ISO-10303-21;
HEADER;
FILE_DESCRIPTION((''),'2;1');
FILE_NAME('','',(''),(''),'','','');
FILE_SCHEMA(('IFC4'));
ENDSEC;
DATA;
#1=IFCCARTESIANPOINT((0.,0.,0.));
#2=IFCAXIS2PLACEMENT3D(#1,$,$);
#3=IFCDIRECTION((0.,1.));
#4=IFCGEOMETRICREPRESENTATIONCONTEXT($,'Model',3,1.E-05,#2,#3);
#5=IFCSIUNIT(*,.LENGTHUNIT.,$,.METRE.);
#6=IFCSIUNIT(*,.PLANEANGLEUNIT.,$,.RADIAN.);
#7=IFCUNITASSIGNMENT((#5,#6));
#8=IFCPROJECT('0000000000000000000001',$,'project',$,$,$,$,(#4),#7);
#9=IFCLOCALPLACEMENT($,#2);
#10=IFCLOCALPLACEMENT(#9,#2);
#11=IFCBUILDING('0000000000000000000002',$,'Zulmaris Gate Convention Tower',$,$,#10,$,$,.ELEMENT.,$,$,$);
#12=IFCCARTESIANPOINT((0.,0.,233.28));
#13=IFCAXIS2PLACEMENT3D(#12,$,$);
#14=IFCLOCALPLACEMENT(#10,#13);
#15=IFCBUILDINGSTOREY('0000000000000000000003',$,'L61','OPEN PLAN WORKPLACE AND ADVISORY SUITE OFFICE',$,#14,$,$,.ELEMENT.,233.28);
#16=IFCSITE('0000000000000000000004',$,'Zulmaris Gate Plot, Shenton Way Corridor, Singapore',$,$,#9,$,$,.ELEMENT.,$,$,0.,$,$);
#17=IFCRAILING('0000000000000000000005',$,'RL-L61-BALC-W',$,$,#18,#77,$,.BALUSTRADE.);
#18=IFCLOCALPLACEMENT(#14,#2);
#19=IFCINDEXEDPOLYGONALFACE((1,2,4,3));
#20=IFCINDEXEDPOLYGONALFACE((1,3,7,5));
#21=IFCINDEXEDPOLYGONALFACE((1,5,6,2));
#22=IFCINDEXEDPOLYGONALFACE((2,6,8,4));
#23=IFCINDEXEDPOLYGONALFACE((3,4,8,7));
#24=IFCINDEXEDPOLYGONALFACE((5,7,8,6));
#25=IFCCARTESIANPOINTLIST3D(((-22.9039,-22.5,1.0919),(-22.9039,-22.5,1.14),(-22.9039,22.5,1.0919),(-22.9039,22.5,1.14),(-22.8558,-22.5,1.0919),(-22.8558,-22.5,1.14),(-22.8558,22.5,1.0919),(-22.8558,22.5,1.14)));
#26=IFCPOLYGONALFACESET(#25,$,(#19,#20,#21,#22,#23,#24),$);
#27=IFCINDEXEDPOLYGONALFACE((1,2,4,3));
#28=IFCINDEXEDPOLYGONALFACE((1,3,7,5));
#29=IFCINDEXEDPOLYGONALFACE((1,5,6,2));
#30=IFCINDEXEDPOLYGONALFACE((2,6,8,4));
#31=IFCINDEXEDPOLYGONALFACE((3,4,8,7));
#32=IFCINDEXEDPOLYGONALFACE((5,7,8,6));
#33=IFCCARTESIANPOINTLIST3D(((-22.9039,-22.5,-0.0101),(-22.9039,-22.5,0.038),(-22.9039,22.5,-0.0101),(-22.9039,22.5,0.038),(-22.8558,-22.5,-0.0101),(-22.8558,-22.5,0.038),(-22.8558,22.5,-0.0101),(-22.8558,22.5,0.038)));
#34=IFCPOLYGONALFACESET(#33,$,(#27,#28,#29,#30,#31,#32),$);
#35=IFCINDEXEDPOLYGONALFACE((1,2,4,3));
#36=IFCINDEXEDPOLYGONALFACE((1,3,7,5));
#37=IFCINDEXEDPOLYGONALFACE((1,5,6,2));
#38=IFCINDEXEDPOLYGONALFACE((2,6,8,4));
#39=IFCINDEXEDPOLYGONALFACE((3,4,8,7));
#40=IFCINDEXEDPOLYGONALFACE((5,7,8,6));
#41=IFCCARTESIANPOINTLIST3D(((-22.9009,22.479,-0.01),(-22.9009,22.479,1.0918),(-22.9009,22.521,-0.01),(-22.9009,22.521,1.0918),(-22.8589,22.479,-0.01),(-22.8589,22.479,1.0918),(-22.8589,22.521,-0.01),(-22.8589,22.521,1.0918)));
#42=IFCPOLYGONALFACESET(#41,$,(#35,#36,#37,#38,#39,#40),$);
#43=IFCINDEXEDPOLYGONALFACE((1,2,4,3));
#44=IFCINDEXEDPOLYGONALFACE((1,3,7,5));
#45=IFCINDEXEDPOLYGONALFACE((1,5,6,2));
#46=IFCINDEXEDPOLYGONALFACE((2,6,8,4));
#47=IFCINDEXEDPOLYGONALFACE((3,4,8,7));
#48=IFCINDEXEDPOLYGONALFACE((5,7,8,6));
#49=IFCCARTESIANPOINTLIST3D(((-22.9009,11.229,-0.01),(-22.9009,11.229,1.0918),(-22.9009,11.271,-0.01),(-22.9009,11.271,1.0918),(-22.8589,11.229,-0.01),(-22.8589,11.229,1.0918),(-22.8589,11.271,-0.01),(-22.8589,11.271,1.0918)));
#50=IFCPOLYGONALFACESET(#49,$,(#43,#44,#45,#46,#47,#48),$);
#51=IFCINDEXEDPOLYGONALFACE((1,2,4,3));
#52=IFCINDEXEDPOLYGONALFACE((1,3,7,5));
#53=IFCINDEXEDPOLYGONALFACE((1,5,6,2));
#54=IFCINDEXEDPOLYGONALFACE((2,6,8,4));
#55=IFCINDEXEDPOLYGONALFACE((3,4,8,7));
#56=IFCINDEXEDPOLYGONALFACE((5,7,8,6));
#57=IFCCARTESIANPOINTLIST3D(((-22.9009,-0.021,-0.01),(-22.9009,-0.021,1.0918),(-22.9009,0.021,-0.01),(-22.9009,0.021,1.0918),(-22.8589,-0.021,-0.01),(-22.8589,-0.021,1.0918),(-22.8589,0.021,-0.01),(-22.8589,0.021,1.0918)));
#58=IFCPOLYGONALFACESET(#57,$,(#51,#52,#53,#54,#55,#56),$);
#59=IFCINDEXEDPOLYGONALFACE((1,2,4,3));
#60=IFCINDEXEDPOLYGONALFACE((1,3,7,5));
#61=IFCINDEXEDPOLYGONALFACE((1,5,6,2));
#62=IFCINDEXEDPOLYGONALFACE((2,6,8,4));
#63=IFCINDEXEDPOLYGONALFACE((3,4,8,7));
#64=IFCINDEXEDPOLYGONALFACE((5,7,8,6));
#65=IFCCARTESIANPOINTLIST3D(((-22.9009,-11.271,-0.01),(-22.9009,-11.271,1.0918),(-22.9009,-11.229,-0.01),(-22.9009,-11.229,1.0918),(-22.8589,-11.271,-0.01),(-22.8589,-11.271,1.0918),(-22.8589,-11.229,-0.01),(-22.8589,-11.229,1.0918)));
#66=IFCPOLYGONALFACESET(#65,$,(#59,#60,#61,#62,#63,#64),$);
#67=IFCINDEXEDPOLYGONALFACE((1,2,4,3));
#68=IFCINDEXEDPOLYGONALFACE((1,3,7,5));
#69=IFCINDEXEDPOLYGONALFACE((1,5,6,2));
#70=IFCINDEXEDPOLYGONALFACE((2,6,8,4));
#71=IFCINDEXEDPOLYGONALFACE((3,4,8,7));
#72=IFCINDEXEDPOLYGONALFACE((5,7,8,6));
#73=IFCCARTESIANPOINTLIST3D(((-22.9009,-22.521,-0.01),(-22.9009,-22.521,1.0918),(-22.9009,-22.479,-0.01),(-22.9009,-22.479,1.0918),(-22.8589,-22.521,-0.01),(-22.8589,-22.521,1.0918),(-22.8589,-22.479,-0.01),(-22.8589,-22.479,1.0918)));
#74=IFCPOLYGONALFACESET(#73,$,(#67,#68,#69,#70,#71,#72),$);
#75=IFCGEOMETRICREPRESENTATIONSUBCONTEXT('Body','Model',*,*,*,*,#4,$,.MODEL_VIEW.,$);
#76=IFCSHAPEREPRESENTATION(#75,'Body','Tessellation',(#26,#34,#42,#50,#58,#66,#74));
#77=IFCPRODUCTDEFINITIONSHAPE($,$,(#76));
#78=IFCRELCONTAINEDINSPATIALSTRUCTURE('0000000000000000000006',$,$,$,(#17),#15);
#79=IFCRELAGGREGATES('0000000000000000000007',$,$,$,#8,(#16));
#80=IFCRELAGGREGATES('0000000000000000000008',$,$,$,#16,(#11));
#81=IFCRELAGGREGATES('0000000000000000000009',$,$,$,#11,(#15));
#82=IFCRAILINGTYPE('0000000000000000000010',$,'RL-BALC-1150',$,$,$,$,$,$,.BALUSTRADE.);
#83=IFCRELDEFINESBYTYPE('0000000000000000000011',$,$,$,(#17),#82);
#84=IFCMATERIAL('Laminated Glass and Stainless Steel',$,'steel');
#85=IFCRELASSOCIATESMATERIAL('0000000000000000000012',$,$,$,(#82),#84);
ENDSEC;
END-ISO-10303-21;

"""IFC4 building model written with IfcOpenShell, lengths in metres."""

from ifc_helpers import new_model, si_unit, direction, frame, origin, origin_2d, place, context, subcontext, project, spatial, rectangle, extrude, material, type_object, element, save


model = new_model("IFC4")

# Units and contexts
model_context = context("Model", 3, precision=1e-05, world=origin(), true_north=direction((0.0, 1.0)))
body_context = subcontext(model_context, "Body", "Model", "MODEL_VIEW")
ifc_project = project(units=[si_unit("LENGTHUNIT", "METRE"), si_unit("PLANEANGLEUNIT", "RADIAN")], contexts=[model_context])

# Site, building, storey
site_placement = place(None, origin())
site = spatial("IfcSite", under=ifc_project, at=site_placement, Name="Zulmaris Gate Plot, Shenton Way Corridor, Singapore", CompositionType="ELEMENT", RefElevation=0.0)
building_placement = place(site_placement, origin())
building = spatial("IfcBuilding", under=site, at=building_placement, Name="Zulmaris Gate Convention Tower", CompositionType="ELEMENT")
storey_placement = place(building_placement, frame((0.0, 0.0, 233.28)))
storey = spatial("IfcBuildingStorey", under=building, at=storey_placement, Name="L61", Description="OPEN PLAN WORKPLACE AND ADVISORY SUITE OFFICE", CompositionType="ELEMENT", Elevation=233.28)

# Railing
ifc_material_1 = material(Name="Laminated Glass and Stainless Steel", Category="steel")
railing_type = type_object("IfcRailingType", Name="RL-BALC-1150", PredefinedType="BALUSTRADE", material=ifc_material_1)
railing_placement = place(storey_placement, frame((-22.8799, 22.5, -0.01)))
element("IfcRailing", 1, at=railing_placement, inside=storey, type_object=railing_type, Name="RL-L61-BALC-W", PredefinedType="BALUSTRADE", context=body_context, shape_type="SweptSolid", body=[
    extrude(rectangle(XDim=0.0481, YDim=0.0481, at=origin_2d()), frame((0.0, 0.0, 1.126), z_axis=(0.0, -1.0, 0.0), x_axis=(1.0, 0.0, 0.0)), (0.0, 0.0, 1.0), 45.0),
    extrude(rectangle(XDim=0.0481, YDim=0.0481, at=origin_2d()), frame((0.0, 0.0, 0.0239), z_axis=(0.0, -1.0, 0.0), x_axis=(1.0, 0.0, 0.0)), (0.0, 0.0, 1.0), 45.0),
    extrude(rectangle(XDim=0.042, YDim=0.042, at=origin_2d()), origin(), (0.0, 0.0, 1.0), 1.1018),
    extrude(rectangle(XDim=0.042, YDim=0.042, at=origin_2d()), frame((0.0, -11.25, 0.0)), (0.0, 0.0, 1.0), 1.1018),
    extrude(rectangle(XDim=0.042, YDim=0.042, at=origin_2d()), frame((0.0, -22.5, 0.0)), (0.0, 0.0, 1.0), 1.1018),
    extrude(rectangle(XDim=0.042, YDim=0.042, at=origin_2d()), frame((0.0, -33.75, 0.0)), (0.0, 0.0, 1.0), 1.1018),
    extrude(rectangle(XDim=0.042, YDim=0.042, at=origin_2d()), frame((0.0, -45.0, 0.0)), (0.0, 0.0, 1.0), 1.1018),
])

save(model, "model.ifc")
